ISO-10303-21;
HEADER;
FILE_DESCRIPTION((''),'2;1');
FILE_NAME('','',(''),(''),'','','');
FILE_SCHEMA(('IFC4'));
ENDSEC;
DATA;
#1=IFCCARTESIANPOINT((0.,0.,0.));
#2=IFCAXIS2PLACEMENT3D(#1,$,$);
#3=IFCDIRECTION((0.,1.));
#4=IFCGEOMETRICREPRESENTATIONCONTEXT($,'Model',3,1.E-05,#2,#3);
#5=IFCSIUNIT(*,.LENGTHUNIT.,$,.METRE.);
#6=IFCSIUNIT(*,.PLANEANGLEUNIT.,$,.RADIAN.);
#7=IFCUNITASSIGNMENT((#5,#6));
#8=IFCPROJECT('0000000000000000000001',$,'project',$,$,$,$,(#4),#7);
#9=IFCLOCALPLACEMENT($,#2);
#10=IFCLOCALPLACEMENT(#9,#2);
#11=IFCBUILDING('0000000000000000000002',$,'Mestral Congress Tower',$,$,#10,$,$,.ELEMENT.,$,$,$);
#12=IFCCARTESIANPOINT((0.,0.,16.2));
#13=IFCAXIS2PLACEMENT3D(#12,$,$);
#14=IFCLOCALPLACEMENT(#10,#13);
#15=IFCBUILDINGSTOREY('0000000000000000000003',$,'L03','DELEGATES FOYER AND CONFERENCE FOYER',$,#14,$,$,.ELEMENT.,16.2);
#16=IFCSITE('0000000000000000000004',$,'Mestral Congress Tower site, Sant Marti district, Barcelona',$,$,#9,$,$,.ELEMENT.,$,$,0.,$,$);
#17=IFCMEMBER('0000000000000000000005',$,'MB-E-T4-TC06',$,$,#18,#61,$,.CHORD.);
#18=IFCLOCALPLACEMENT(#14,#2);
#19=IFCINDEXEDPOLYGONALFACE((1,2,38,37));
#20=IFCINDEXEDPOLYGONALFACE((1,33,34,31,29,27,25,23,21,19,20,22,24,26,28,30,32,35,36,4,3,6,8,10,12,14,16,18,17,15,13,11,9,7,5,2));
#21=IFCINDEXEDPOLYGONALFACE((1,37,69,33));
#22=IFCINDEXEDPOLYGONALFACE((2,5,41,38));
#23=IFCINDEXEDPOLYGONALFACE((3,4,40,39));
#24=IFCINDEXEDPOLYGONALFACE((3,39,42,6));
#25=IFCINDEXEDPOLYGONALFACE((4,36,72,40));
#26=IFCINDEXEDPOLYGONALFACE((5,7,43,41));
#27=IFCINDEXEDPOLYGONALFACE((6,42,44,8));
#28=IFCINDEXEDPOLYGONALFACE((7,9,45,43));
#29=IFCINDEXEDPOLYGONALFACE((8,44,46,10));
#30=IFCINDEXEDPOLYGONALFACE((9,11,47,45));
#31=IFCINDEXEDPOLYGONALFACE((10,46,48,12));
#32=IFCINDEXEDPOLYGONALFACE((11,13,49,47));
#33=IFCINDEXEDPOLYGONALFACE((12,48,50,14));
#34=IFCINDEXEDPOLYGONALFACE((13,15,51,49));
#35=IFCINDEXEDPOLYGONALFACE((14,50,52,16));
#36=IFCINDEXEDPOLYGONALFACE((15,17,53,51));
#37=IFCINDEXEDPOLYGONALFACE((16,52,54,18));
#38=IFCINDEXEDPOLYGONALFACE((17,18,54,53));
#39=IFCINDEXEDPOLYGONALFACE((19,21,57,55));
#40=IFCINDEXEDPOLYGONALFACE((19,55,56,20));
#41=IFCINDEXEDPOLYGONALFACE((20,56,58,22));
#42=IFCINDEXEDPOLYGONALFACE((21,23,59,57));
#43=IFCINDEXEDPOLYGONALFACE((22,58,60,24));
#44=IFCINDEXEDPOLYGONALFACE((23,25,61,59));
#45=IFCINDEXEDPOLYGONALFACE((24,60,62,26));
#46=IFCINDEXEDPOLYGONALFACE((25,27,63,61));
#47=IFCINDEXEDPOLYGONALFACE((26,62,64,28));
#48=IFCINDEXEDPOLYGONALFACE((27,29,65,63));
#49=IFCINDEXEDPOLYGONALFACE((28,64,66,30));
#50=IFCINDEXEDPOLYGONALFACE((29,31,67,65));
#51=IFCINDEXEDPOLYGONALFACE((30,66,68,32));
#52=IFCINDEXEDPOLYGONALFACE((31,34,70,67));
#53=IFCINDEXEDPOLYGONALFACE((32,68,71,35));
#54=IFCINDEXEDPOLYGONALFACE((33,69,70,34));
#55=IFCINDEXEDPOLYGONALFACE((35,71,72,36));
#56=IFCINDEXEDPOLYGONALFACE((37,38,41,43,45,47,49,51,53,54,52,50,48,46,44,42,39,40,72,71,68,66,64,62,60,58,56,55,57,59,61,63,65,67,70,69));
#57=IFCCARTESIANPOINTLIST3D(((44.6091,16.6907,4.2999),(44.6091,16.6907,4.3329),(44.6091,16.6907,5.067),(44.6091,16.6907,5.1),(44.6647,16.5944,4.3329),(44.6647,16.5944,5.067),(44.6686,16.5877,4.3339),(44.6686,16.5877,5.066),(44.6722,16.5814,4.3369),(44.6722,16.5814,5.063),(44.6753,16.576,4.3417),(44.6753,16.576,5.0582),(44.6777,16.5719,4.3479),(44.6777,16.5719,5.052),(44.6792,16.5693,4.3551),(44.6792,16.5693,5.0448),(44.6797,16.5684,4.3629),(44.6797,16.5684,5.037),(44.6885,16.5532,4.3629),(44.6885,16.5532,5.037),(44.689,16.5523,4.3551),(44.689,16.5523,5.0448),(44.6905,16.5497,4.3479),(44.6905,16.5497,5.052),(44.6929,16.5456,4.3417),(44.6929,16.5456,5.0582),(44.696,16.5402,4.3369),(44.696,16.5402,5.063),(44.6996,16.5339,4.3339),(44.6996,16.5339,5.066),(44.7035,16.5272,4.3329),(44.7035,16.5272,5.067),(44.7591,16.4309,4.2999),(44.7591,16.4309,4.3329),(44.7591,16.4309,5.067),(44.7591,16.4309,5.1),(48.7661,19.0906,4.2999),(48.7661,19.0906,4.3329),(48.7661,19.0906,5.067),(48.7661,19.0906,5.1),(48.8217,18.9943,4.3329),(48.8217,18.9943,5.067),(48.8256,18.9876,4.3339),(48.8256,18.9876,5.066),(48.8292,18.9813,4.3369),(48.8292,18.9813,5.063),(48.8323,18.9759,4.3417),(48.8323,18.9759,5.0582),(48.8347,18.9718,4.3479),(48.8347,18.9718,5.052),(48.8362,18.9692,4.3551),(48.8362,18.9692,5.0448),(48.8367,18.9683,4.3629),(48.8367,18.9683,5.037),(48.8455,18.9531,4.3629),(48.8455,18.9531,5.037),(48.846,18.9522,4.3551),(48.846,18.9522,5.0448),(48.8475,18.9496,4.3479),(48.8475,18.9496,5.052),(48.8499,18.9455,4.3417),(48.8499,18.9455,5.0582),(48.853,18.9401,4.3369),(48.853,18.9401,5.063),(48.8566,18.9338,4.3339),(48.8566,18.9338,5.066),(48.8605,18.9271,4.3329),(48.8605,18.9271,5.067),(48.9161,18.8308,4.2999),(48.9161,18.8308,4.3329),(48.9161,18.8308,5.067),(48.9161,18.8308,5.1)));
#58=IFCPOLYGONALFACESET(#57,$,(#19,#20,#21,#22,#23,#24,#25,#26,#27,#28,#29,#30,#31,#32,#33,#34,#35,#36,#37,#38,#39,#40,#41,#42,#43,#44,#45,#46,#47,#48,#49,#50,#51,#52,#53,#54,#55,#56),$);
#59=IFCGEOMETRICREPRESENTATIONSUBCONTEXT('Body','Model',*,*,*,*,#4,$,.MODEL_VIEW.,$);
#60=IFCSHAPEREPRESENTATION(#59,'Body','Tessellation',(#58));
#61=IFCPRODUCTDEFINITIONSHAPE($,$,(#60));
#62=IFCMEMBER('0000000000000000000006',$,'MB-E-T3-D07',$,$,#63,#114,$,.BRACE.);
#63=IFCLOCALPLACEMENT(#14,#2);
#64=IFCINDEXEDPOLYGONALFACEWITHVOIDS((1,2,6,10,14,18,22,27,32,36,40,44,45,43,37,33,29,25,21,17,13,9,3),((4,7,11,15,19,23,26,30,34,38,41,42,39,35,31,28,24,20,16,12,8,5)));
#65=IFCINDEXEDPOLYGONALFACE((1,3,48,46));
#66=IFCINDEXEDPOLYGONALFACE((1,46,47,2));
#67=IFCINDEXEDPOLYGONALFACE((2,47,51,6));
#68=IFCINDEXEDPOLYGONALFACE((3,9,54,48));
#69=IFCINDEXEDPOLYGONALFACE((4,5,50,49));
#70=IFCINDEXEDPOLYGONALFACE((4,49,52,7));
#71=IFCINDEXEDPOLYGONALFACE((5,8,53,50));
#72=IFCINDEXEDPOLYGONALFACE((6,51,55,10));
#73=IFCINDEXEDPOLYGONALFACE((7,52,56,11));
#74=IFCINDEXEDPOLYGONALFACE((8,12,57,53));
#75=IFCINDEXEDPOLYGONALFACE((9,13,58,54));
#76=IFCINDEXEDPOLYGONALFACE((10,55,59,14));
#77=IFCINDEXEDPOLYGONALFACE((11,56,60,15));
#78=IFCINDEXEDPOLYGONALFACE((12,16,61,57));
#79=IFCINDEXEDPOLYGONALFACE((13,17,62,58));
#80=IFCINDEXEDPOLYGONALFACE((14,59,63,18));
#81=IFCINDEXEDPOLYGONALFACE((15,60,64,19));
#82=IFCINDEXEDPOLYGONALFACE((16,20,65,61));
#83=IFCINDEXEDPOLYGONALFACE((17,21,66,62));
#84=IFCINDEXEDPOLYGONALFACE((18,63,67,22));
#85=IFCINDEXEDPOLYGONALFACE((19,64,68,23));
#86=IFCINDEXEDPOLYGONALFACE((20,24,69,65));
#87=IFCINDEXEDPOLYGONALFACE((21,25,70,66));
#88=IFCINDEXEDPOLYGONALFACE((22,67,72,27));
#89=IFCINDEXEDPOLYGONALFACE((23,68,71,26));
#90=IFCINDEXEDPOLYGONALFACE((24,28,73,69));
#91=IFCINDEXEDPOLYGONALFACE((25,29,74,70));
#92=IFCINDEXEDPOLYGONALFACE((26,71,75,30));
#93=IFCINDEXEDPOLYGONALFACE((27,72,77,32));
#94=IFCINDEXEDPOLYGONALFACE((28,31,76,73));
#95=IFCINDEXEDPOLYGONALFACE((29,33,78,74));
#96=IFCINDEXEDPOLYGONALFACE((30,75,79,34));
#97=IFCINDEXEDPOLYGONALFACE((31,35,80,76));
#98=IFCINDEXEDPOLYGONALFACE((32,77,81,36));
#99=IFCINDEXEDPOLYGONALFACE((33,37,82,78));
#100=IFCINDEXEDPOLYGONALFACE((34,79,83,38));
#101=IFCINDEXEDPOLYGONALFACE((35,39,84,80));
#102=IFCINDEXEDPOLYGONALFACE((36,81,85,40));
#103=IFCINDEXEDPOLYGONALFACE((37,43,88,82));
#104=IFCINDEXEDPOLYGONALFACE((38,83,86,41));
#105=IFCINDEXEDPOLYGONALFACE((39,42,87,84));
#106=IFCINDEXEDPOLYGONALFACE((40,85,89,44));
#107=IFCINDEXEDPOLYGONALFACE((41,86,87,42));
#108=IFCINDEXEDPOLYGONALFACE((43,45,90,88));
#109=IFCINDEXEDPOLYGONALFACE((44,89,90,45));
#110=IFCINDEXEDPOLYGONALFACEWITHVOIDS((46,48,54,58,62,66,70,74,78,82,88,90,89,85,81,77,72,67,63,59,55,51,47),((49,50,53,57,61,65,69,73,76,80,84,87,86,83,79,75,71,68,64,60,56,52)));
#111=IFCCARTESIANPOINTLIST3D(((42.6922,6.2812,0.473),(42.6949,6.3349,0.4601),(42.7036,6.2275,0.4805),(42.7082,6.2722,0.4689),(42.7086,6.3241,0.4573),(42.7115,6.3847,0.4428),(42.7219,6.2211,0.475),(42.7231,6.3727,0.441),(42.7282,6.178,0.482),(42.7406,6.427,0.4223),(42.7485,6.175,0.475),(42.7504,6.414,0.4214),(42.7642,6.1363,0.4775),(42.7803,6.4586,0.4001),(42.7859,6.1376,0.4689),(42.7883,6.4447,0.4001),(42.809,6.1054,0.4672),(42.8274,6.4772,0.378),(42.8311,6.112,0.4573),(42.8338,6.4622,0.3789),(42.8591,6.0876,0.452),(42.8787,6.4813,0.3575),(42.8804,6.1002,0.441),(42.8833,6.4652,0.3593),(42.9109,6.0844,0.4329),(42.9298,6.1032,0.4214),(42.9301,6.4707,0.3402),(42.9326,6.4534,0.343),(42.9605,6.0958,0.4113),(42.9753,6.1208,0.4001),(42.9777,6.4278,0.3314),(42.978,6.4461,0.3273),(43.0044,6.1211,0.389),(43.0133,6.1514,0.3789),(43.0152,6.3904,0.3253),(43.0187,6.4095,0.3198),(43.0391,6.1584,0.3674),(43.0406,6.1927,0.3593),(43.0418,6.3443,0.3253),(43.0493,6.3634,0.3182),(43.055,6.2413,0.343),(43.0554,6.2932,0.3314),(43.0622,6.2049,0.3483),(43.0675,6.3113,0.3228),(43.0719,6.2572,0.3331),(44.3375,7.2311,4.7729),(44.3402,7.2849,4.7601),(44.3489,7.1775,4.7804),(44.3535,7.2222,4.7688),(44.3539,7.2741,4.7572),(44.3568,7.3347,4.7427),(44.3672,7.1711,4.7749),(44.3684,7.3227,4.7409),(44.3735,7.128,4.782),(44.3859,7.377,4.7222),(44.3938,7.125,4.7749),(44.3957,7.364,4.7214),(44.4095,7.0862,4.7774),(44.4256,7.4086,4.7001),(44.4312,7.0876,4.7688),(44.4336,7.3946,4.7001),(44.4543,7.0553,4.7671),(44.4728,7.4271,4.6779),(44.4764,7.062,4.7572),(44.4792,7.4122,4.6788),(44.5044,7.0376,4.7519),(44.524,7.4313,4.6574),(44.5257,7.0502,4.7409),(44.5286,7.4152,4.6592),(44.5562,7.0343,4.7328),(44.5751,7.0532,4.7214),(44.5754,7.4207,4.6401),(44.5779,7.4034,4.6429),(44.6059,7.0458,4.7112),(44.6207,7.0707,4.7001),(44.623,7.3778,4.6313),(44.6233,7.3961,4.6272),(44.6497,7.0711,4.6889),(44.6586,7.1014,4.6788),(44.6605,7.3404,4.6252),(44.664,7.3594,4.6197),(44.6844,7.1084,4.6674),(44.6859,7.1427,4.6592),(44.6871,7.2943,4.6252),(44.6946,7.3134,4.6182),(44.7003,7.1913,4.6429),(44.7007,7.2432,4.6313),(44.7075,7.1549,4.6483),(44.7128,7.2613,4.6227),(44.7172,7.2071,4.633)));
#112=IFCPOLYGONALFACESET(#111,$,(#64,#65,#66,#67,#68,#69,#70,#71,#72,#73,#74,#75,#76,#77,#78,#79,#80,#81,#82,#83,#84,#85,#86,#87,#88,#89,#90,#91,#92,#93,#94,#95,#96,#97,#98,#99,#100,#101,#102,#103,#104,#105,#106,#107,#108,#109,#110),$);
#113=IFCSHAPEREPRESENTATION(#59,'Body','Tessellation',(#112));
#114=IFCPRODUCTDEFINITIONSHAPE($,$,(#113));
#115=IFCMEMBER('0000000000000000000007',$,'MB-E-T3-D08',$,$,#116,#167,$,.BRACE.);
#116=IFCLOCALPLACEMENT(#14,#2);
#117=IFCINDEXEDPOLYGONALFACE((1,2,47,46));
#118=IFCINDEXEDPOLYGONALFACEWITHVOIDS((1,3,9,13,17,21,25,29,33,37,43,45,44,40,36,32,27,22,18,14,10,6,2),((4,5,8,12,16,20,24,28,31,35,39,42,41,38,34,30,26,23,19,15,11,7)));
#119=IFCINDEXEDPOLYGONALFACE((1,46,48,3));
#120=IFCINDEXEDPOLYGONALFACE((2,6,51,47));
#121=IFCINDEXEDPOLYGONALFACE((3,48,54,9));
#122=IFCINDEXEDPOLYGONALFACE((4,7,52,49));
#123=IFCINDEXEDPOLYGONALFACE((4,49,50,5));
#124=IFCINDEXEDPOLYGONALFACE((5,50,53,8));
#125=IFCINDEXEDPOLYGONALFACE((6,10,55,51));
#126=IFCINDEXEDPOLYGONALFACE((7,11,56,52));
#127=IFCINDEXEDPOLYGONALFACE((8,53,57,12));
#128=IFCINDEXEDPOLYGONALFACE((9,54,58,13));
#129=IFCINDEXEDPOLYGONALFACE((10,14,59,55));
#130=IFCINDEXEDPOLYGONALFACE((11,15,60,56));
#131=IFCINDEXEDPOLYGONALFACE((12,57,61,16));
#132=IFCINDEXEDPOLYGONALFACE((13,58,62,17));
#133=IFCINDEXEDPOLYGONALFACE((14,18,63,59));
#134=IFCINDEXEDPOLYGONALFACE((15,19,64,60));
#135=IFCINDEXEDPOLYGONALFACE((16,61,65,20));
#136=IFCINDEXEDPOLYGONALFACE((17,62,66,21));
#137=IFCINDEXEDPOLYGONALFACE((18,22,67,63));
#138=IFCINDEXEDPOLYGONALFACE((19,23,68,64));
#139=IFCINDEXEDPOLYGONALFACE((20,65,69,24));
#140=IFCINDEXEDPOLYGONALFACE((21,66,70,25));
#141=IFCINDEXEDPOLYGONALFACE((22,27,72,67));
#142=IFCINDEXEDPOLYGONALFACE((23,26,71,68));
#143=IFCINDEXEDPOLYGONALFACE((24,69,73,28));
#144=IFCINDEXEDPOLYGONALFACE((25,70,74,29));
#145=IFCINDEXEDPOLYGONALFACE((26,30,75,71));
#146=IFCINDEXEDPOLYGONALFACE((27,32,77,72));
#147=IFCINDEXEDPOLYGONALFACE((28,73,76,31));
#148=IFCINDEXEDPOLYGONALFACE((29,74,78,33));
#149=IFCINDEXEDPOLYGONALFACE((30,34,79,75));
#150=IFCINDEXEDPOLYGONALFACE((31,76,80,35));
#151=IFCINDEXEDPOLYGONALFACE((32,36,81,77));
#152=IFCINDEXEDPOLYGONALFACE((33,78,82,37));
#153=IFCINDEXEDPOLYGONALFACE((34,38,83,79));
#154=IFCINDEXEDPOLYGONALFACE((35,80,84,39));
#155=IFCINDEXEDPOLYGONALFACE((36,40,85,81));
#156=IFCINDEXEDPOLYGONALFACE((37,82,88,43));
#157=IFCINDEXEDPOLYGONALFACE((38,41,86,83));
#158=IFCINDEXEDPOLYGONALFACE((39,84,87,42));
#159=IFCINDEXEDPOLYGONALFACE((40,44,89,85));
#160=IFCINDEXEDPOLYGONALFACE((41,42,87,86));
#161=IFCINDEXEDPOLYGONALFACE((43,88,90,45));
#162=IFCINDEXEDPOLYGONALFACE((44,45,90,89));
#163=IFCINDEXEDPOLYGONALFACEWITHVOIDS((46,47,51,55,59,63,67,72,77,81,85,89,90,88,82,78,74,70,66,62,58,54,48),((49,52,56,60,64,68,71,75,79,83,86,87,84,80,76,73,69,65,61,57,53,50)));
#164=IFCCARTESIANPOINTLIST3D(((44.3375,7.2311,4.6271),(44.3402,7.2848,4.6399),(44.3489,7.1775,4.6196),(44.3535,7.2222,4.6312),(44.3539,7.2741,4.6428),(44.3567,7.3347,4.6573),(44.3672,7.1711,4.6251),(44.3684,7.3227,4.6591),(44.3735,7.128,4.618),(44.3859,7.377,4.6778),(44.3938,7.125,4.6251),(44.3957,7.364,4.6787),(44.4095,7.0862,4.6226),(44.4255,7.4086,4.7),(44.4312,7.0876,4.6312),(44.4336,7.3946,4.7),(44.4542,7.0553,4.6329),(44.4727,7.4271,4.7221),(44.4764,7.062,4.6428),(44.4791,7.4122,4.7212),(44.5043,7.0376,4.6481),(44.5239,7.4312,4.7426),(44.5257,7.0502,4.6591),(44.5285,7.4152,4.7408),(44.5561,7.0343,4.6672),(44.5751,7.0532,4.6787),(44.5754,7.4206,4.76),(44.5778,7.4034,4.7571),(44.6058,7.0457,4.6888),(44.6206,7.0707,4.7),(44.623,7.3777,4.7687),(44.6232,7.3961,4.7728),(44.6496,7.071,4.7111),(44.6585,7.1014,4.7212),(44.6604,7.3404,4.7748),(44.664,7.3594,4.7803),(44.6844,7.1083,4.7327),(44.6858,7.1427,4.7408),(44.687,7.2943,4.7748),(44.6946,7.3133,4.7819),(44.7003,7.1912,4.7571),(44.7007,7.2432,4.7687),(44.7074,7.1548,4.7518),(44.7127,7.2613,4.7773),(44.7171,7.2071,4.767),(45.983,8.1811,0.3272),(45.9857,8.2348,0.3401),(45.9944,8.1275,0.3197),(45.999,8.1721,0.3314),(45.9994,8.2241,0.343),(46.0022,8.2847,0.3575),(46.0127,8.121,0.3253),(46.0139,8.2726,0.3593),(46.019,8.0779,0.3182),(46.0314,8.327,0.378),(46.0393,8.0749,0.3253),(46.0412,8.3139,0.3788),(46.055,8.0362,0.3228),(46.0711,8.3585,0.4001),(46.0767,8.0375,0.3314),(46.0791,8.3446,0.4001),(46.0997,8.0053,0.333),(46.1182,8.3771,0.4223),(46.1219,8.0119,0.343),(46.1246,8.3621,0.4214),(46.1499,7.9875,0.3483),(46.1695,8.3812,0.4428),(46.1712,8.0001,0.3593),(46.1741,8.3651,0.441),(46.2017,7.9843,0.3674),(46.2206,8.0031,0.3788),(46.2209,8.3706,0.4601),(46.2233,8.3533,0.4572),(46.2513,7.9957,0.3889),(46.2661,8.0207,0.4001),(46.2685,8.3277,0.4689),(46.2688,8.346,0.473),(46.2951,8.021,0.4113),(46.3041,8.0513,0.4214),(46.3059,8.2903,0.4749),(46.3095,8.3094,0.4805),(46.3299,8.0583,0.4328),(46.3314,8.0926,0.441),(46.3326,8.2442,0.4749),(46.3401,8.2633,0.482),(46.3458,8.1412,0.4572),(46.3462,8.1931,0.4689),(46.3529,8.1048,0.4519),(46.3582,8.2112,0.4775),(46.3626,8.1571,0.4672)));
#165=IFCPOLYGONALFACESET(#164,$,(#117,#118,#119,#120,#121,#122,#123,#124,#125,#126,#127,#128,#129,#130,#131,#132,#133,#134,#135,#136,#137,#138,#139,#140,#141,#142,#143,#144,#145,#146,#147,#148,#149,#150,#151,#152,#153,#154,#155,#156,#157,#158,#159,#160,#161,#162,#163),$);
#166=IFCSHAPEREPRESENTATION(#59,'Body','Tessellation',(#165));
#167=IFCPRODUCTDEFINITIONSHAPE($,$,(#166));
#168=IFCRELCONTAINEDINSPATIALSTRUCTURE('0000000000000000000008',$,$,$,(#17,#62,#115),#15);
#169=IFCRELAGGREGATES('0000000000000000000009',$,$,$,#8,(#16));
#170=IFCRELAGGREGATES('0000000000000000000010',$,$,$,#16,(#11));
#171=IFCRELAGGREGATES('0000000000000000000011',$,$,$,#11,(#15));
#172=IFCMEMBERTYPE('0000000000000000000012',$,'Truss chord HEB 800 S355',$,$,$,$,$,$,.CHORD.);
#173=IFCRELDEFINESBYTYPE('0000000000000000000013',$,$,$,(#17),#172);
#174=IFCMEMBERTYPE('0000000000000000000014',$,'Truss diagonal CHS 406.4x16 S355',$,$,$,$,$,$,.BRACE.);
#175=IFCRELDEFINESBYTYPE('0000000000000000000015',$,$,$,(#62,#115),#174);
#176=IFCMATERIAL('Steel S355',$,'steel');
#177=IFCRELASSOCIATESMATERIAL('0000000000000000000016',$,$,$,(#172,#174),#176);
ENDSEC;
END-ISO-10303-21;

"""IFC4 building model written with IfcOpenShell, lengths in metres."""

from ifc_helpers import new_model, si_unit, direction, frame, origin, origin_2d, place, context, subcontext, project, spatial, hollow_circle, i_section, extrude, material, material_profile, profile_set, type_object, element, save


model = new_model("IFC4")

# Units and contexts
model_context = context("Model", 3, precision=1e-05, world=origin(), true_north=direction((0.0, 1.0)))
body_context = subcontext(model_context, "Body", "Model", "MODEL_VIEW")
ifc_project = project(units=[si_unit("LENGTHUNIT", "METRE"), si_unit("PLANEANGLEUNIT", "RADIAN")], contexts=[model_context])

# Site, building, storey
site_placement = place(None, origin())
site = spatial("IfcSite", under=ifc_project, at=site_placement, Name="Mestral Congress Tower site, Sant Marti district, Barcelona", CompositionType="ELEMENT", RefElevation=0.0)
building_placement = place(site_placement, origin())
building = spatial("IfcBuilding", under=site, at=building_placement, Name="Mestral Congress Tower", CompositionType="ELEMENT")
storey_placement = place(building_placement, frame((0.0, 0.0, 16.2)))
storey = spatial("IfcBuildingStorey", under=building, at=storey_placement, Name="L03", Description="DELEGATES FOYER AND CONFERENCE FOYER", CompositionType="ELEMENT", Elevation=16.2)

# Members
ifc_material = material(Name="Steel S355", Category="steel")
ifc_material_profile_1 = material_profile(ifc_material, i_section(OverallWidth=0.3, OverallDepth=0.8, WebThickness=0.0176, FlangeThickness=0.033, FilletRadius=0.03, at=origin_2d()), Name="HEB 800")
ifc_profile_set_1 = profile_set([ifc_material_profile_1], Name="Steel S355")
member_type_1 = type_object("IfcMemberType", Name="Truss chord HEB 800 S355", PredefinedType="CHORD", material=ifc_profile_set_1)
for number, where, z_axis, x_axis, name in (
    (1, (44.6841, 16.5608, 4.7), (0.866037, 0.499979, 0.0), (-0.499979, 0.866037, 0.0), "MB-E-T4-TC06"),
):
    element("IfcMember", number, at=place(storey_placement, frame(where, z_axis=z_axis, x_axis=x_axis)), inside=storey, type_object=member_type_1, Name=name, PredefinedType="CHORD", context=body_context, shape_type="SweptSolid", body=[
        extrude(i_section(OverallWidth=0.3, OverallDepth=0.8, WebThickness=0.0176, FlangeThickness=0.033, FilletRadius=0.03, at=origin_2d()), origin(), (0.0, 0.0, 1.0), 4.8),
    ])
ifc_material_profile_2 = material_profile(ifc_material, hollow_circle(Radius=0.2031, WallThickness=0.0161, at=origin_2d()), Name="CHS 406.4x16")
ifc_profile_set_2 = profile_set([ifc_material_profile_2], Name="Steel S355")
member_type_2 = type_object("IfcMemberType", Name="Truss diagonal CHS 406.4x16 S355", PredefinedType="BRACE", material=ifc_profile_set_2)
for number, where, z_axis, x_axis, name in (
    (2, (42.8818, 6.2827, 0.4001), (0.349996, 0.202082, 0.914694), (-0.500023, 0.866012, 0.0), "MB-E-T3-D07"),
    (3, (44.5271, 7.2327, 4.7), (0.350041, 0.202079, -0.914678), (-0.499967, 0.866044, 0.0), "MB-E-T3-D08"),
):
    element("IfcMember", number, at=place(storey_placement, frame(where, z_axis=z_axis, x_axis=x_axis)), inside=storey, type_object=member_type_2, Name=name, PredefinedType="BRACE", context=body_context, shape_type="SweptSolid", body=[
        extrude(hollow_circle(Radius=0.2031, WallThickness=0.0161, at=origin_2d()), origin(), (0.0, 0.0, 1.0), 4.7009),
    ])

save(model, "model.ifc")
